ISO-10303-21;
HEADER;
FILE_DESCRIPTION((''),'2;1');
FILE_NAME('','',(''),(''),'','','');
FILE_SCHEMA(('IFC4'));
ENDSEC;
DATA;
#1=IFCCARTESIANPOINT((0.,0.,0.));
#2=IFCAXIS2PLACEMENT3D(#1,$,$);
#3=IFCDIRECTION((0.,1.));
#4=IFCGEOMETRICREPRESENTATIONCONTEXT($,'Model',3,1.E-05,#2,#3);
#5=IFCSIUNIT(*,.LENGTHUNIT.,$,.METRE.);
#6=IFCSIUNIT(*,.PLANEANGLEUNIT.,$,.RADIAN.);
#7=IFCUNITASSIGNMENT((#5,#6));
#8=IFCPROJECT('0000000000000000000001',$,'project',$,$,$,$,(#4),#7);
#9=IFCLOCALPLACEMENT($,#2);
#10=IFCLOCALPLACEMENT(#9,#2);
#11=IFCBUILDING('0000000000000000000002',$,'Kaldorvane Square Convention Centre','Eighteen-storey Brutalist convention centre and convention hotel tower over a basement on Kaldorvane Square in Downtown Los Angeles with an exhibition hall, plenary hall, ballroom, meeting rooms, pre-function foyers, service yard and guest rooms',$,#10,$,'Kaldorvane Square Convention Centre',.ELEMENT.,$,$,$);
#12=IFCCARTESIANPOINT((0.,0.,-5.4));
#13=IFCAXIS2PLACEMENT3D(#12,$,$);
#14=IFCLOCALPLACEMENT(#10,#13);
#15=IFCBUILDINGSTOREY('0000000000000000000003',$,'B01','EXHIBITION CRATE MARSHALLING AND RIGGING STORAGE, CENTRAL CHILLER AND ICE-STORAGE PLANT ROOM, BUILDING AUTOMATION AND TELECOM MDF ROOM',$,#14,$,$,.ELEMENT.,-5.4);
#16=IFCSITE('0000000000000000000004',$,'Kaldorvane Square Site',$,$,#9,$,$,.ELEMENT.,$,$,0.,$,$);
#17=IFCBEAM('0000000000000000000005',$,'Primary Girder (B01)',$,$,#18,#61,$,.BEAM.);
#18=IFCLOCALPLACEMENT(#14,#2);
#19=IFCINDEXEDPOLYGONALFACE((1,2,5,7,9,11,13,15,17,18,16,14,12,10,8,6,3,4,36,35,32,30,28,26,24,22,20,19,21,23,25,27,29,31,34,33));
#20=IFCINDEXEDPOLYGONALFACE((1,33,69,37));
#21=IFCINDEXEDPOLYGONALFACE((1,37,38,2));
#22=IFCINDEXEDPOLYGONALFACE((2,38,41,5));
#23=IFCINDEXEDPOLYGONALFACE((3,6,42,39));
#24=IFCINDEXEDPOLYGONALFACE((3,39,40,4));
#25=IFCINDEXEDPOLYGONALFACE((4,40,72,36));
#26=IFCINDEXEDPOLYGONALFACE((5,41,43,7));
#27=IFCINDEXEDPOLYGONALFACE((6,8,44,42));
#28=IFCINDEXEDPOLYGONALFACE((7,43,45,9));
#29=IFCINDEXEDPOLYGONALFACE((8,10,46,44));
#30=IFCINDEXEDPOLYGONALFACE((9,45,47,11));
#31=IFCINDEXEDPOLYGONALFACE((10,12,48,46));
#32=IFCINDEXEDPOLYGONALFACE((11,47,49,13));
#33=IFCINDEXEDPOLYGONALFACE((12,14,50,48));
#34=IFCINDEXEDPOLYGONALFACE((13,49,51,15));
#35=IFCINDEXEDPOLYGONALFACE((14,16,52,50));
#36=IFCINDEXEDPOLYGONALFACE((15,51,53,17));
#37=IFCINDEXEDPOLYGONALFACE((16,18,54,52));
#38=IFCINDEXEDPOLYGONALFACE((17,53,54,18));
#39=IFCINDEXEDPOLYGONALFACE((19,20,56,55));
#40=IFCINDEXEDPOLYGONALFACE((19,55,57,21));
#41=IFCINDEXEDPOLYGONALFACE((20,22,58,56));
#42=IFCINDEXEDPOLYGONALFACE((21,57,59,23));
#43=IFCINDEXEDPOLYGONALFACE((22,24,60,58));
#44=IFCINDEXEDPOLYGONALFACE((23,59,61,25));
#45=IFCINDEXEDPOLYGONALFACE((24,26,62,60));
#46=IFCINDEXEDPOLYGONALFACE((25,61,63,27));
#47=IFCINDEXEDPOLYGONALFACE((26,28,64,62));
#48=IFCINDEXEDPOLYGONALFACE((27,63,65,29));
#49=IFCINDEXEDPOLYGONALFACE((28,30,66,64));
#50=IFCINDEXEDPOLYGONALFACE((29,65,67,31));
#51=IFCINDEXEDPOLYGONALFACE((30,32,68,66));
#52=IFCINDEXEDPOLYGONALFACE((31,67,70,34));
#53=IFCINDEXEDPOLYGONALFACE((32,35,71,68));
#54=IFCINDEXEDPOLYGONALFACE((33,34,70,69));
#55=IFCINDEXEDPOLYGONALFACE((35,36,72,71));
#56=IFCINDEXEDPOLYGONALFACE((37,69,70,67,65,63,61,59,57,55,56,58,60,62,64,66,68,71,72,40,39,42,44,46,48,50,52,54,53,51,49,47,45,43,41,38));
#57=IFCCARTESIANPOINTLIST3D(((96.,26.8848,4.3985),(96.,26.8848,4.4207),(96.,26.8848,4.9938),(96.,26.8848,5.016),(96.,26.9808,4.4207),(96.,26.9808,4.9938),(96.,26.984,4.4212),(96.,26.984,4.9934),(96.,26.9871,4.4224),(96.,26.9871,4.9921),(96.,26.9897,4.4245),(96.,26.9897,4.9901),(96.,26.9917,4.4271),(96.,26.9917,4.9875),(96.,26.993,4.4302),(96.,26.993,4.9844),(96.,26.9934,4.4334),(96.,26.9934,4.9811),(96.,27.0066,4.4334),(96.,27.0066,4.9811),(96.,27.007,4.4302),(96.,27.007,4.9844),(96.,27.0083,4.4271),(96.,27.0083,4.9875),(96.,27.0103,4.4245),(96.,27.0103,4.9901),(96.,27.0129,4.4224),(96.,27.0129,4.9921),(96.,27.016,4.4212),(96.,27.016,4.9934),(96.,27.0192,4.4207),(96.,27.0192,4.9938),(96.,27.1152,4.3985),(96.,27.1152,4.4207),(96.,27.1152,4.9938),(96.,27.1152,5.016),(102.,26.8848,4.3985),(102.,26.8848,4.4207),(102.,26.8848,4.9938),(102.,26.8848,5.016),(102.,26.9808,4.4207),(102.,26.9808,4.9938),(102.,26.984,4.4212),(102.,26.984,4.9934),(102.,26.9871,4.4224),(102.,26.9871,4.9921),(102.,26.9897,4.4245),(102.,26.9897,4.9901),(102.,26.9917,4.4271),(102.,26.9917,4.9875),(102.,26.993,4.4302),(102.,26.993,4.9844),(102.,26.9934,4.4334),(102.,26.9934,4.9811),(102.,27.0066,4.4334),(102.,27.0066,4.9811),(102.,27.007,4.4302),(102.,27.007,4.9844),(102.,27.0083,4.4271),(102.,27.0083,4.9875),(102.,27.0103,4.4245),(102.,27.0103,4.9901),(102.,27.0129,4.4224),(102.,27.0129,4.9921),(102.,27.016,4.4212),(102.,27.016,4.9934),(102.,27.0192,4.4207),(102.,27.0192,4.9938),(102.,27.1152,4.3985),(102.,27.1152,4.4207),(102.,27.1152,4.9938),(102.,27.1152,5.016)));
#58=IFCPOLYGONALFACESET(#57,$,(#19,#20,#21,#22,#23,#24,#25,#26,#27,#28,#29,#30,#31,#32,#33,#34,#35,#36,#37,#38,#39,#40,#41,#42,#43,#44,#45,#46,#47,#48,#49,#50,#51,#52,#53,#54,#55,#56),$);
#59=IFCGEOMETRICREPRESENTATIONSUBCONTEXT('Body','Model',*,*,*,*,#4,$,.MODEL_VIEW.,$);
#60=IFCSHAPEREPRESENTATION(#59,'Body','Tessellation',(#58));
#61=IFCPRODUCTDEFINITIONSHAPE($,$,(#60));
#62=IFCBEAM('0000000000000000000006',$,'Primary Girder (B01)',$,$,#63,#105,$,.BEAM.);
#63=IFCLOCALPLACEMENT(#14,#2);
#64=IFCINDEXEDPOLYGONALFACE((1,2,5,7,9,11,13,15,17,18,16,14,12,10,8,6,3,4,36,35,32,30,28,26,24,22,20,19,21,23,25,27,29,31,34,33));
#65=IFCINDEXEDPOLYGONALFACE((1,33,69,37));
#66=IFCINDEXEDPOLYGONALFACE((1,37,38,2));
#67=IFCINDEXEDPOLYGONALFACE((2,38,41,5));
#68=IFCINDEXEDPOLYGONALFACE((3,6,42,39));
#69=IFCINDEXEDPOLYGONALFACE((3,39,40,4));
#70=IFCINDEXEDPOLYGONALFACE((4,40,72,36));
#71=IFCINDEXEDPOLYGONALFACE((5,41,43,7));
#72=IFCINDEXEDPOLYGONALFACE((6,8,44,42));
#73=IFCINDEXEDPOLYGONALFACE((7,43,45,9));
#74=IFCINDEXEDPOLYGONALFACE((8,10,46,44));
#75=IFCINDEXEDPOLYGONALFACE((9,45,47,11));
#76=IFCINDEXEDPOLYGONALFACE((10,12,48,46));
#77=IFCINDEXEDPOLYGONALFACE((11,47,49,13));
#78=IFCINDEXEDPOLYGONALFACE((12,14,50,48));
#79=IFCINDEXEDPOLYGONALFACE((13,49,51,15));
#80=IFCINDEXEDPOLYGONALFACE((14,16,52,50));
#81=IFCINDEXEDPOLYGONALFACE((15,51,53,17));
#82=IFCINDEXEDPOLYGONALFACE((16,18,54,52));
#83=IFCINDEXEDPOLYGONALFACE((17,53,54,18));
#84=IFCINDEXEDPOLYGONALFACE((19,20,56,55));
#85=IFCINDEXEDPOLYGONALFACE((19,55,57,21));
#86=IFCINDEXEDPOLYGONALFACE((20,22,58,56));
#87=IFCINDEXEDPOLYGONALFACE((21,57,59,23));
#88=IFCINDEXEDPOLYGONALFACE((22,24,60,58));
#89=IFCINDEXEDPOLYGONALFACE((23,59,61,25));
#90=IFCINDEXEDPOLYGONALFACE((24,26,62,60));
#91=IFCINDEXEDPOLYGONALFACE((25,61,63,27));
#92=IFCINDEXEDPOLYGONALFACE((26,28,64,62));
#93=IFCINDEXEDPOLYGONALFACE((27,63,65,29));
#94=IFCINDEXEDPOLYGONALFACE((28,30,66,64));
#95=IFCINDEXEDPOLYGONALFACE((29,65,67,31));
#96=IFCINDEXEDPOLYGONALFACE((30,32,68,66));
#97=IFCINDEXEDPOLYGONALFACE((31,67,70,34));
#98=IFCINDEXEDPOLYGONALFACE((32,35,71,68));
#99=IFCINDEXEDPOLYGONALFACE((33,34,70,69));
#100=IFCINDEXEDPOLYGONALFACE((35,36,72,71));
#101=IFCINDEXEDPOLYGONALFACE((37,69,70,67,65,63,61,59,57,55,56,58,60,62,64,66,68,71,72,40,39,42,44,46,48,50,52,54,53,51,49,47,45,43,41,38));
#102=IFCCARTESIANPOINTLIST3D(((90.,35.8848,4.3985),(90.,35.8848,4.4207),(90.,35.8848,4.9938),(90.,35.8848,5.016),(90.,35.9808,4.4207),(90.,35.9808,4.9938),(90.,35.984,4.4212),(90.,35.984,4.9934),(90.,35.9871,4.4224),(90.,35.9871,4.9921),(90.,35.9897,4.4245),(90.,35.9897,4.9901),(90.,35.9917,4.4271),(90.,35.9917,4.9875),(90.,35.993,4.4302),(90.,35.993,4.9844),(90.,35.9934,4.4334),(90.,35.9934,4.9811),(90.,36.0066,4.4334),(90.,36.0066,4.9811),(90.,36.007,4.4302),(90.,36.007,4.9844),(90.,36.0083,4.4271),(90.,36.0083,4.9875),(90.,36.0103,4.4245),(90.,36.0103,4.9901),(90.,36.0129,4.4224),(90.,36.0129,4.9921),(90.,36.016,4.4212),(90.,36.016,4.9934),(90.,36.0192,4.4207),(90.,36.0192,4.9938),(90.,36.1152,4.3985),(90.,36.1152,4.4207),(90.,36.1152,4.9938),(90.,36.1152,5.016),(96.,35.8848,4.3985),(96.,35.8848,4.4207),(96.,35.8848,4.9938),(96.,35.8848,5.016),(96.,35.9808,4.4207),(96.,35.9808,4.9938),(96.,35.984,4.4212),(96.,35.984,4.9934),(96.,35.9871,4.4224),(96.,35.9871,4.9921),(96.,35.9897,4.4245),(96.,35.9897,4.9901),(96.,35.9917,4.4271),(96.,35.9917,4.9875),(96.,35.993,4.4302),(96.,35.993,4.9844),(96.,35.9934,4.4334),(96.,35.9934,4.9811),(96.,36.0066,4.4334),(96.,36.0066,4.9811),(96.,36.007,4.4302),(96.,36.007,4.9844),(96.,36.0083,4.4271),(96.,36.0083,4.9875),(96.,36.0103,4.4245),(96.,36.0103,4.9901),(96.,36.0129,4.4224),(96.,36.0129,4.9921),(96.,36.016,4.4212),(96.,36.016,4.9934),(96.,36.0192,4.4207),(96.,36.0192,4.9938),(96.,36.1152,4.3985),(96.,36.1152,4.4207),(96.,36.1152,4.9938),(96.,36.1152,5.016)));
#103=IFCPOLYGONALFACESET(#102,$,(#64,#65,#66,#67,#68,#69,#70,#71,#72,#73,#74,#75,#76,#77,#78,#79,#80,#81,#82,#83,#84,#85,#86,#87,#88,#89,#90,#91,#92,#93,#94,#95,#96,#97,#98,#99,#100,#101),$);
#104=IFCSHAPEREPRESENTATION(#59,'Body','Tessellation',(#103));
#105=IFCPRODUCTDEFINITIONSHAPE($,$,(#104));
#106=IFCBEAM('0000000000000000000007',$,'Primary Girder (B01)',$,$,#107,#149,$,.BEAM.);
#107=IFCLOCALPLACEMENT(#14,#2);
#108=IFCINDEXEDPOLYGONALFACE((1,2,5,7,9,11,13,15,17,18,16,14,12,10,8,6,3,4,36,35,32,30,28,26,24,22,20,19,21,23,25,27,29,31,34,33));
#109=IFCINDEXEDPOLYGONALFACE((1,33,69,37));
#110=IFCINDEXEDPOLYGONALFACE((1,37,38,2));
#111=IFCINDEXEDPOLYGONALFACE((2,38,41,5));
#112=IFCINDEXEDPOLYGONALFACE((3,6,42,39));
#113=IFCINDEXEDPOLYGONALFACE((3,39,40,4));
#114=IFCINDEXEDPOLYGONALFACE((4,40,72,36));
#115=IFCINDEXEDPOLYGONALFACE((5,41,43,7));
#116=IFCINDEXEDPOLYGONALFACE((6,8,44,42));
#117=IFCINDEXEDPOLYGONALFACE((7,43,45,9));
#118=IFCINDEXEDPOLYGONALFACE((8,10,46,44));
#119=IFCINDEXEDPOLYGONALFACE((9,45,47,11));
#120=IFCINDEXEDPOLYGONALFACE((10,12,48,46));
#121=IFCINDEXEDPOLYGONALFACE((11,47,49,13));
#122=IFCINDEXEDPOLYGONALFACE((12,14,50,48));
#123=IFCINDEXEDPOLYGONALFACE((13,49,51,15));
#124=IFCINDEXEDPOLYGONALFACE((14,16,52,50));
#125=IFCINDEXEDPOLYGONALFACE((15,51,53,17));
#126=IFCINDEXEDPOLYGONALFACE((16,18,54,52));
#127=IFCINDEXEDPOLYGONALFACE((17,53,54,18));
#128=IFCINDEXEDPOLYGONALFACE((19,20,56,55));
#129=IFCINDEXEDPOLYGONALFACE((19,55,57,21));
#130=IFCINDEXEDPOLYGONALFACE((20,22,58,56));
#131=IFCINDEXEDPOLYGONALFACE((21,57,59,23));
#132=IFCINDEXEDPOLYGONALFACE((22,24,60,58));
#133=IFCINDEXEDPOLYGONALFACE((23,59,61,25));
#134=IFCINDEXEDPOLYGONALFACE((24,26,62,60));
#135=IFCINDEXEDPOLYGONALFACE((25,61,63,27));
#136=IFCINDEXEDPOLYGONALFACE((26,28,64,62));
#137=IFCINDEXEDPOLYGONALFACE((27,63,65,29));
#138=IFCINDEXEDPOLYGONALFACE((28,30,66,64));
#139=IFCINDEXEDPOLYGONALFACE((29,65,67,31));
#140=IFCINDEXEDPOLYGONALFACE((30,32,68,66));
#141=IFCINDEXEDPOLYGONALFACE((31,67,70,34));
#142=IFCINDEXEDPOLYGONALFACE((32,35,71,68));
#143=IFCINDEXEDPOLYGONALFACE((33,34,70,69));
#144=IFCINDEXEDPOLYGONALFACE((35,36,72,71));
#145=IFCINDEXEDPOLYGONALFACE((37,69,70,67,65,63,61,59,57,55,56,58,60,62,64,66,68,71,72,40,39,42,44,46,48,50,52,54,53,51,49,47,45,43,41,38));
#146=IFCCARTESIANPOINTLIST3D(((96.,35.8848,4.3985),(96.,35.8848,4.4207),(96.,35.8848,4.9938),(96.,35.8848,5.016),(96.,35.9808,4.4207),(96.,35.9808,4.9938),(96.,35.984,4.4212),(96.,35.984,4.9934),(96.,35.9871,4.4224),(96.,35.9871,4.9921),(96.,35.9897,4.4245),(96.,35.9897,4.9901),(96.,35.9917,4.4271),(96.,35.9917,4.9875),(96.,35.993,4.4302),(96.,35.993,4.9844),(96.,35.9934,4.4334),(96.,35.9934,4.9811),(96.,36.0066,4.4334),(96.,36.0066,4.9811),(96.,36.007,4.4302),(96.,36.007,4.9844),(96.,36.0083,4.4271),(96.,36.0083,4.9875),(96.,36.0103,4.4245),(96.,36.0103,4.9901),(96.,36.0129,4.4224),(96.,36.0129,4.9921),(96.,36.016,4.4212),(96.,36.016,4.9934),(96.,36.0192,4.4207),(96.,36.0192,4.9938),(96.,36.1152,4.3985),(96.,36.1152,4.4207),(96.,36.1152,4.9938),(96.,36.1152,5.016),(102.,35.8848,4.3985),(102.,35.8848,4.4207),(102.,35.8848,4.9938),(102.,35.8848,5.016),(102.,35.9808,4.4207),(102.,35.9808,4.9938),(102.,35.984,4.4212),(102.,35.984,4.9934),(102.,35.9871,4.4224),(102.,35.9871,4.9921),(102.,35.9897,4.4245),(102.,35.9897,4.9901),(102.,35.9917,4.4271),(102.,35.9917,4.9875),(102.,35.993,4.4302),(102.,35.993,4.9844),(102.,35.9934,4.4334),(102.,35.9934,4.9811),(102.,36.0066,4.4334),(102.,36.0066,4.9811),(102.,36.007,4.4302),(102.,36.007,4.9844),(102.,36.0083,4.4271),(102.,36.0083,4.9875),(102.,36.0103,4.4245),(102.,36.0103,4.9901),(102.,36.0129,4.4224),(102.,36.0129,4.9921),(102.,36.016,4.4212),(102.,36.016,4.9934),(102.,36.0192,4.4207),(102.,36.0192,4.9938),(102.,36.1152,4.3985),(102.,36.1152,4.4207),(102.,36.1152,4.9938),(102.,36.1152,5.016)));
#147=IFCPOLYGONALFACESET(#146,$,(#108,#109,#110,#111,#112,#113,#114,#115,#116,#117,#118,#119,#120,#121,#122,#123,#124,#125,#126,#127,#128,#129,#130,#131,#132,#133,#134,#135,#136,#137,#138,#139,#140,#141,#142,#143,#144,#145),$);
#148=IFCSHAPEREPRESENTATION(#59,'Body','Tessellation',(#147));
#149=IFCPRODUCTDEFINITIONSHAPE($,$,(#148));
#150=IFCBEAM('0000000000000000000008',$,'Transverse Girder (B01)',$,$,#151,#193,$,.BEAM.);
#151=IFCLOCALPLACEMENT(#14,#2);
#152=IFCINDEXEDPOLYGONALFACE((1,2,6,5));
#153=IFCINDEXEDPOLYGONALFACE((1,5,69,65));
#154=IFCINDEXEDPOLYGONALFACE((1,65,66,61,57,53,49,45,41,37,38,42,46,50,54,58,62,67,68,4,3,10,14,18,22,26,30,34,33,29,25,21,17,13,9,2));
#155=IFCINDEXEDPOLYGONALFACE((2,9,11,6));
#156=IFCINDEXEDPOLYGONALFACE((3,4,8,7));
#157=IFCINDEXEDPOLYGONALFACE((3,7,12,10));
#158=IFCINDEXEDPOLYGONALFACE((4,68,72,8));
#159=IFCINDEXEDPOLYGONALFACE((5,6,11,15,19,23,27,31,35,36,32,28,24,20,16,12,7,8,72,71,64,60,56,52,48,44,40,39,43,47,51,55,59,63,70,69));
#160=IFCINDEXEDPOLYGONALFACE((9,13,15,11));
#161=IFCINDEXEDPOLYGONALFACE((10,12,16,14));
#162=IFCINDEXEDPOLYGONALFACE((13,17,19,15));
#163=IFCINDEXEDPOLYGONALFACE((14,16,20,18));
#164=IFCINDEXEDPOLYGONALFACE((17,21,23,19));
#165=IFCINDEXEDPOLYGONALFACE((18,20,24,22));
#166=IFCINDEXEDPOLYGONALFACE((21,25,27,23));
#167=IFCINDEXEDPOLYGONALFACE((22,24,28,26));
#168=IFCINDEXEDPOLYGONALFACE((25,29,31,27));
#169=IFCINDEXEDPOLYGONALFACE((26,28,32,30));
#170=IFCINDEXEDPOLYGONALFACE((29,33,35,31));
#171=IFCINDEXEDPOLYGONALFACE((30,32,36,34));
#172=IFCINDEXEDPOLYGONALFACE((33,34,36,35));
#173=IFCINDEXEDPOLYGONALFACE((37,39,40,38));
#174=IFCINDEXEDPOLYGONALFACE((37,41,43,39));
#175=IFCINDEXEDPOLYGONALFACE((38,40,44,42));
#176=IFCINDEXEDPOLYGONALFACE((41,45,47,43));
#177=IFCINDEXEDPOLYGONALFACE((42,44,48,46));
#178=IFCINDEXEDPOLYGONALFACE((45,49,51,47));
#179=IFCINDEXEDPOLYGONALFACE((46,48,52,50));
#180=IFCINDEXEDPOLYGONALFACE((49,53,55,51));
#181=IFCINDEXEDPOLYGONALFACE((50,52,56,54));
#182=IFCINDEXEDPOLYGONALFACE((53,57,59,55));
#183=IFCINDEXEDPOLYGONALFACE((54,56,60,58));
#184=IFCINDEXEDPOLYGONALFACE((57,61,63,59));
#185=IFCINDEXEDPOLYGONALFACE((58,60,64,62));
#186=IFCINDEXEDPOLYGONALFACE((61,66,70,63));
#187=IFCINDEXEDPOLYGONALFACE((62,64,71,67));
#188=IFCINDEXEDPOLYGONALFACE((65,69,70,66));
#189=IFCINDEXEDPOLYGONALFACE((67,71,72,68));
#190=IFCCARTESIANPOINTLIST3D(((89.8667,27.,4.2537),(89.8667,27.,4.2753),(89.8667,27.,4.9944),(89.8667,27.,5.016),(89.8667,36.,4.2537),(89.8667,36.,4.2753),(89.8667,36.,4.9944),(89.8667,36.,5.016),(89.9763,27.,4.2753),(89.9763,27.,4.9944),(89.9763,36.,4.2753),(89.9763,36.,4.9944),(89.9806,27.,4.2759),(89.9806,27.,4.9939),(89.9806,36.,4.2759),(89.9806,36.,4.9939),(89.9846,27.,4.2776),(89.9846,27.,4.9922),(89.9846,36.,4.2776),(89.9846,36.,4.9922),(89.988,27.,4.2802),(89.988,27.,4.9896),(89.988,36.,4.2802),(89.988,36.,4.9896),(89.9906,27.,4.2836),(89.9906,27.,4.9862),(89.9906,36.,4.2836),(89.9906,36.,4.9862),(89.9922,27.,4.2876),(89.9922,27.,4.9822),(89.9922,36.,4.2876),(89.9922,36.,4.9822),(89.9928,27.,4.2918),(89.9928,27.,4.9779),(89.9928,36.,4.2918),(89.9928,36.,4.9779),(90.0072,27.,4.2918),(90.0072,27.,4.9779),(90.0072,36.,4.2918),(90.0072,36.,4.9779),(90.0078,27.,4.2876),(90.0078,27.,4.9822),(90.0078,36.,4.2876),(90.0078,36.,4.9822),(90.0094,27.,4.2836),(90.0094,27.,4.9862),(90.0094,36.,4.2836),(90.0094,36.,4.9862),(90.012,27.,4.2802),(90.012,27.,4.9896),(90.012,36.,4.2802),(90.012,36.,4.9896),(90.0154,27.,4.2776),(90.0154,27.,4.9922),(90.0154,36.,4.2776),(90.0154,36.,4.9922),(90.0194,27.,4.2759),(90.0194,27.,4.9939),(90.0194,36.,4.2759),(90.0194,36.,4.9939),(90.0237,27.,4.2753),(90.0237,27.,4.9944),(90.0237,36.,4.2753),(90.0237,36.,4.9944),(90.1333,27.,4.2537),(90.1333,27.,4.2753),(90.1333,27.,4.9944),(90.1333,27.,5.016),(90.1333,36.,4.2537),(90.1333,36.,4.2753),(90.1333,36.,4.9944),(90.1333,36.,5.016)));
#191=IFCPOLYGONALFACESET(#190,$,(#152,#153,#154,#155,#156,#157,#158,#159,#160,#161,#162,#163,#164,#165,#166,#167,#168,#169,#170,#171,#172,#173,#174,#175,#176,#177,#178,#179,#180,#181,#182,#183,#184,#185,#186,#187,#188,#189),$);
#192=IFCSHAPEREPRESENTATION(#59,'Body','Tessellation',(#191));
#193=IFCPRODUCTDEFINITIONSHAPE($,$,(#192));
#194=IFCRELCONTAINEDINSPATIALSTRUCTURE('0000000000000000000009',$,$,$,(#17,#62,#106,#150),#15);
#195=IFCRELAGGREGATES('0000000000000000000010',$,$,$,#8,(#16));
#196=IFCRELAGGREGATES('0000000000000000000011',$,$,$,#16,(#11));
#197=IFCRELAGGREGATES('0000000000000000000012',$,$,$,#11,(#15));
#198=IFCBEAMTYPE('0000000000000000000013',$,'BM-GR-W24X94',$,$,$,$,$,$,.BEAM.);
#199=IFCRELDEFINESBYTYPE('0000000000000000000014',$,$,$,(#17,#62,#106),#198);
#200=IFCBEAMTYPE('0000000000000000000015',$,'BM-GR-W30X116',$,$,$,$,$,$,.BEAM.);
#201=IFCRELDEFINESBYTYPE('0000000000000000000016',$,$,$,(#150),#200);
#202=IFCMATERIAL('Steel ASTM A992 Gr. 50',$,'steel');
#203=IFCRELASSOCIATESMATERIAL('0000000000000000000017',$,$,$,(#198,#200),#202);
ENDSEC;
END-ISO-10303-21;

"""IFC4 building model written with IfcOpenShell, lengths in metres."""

from ifc_helpers import new_model, si_unit, direction, frame, origin, origin_2d, place, context, subcontext, project, spatial, i_section, extrude, material, material_profile, profile_set, type_object, element, save


model = new_model("IFC4")

# Units and contexts
model_context = context("Model", 3, precision=1e-05, world=origin(), true_north=direction((0.0, 1.0)))
body_context = subcontext(model_context, "Body", "Model", "MODEL_VIEW")
ifc_project = project(units=[si_unit("LENGTHUNIT", "METRE"), si_unit("PLANEANGLEUNIT", "RADIAN")], contexts=[model_context])

# Site, building, storey
site_placement = place(None, origin())
site = spatial("IfcSite", under=ifc_project, at=site_placement, Name="Kaldorvane Square Site", CompositionType="ELEMENT", RefElevation=0.0)
building_placement = place(site_placement, origin())
building = spatial("IfcBuilding", under=site, at=building_placement, Name="Kaldorvane Square Convention Centre", Description="Eighteen-storey Brutalist convention centre and convention hotel tower over a basement on Kaldorvane Square in Downtown Los Angeles with an exhibition hall, plenary hall, ballroom, meeting rooms, pre-function foyers, service yard and guest rooms", LongName="Kaldorvane Square Convention Centre", CompositionType="ELEMENT")
storey_placement = place(building_placement, frame((0.0, 0.0, -5.4)))
storey = spatial("IfcBuildingStorey", under=building, at=storey_placement, Name="B01", Description="EXHIBITION CRATE MARSHALLING AND RIGGING STORAGE, CENTRAL CHILLER AND ICE-STORAGE PLANT ROOM, BUILDING AUTOMATION AND TELECOM MDF ROOM", CompositionType="ELEMENT", Elevation=-5.4)

# Shared definitions
ifc_material_1 = material(Name="Steel ASTM A992 Gr. 50", Category="steel")

# Beams
ifc_material_profile_1 = material_profile(ifc_material_1, i_section(OverallWidth=0.2303, OverallDepth=0.6175, WebThickness=0.0131, FlangeThickness=0.0222, FilletRadius=0.0127, at=origin_2d()), Name="W24X94")
ifc_profile_set_1 = profile_set([ifc_material_profile_1], Name="Steel ASTM A992 Gr. 50")
beam_type_1 = type_object("IfcBeamType", Name="BM-GR-W24X94", PredefinedType="BEAM", material=ifc_profile_set_1)
for number, where, z_axis, x_axis, name in (
    (1, (96.0, 27.0, 4.7073), (1.0, 0.0, 0.0), (0.0, 1.0, 0.0), "Primary Girder (B01)"),
    (2, (90.0, 36.0, 4.7073), (1.0, 0.0, 0.0), (0.0, 1.0, 0.0), "Primary Girder (B01)"),
    (3, (96.0, 36.0, 4.7073), (1.0, 0.0, 0.0), (0.0, 1.0, 0.0), "Primary Girder (B01)"),
):
    element("IfcBeam", number, at=place(storey_placement, frame(where, z_axis=z_axis, x_axis=x_axis)), inside=storey, type_object=beam_type_1, Name=name, PredefinedType="BEAM", context=body_context, shape_type="SweptSolid", body=[
        extrude(i_section(OverallWidth=0.2303, OverallDepth=0.6175, WebThickness=0.0131, FlangeThickness=0.0222, FilletRadius=0.0127, at=origin_2d()), origin(), (0.0, 0.0, 1.0), 6.0),
    ])
ifc_material_profile_2 = material_profile(ifc_material_1, i_section(OverallWidth=0.2666, OverallDepth=0.7623, WebThickness=0.0144, FlangeThickness=0.0216, FilletRadius=0.0165, at=origin_2d()), Name="W30X116")
ifc_profile_set_2 = profile_set([ifc_material_profile_2], Name="Steel ASTM A992 Gr. 50")
beam_type_2 = type_object("IfcBeamType", Name="BM-GR-W30X116", PredefinedType="BEAM", material=ifc_profile_set_2)
for number, where, z_axis, x_axis, name in (
    (4, (90.0, 27.0, 4.6349), (0.0, 1.0, 0.0), (-1.0, 0.0, 0.0), "Transverse Girder (B01)"),
):
    element("IfcBeam", number, at=place(storey_placement, frame(where, z_axis=z_axis, x_axis=x_axis)), inside=storey, type_object=beam_type_2, Name=name, PredefinedType="BEAM", context=body_context, shape_type="SweptSolid", body=[
        extrude(i_section(OverallWidth=0.2666, OverallDepth=0.7623, WebThickness=0.0144, FlangeThickness=0.0216, FilletRadius=0.0165, at=origin_2d()), origin(), (0.0, 0.0, 1.0), 9.0),
    ])

save(model, "model.ifc")
